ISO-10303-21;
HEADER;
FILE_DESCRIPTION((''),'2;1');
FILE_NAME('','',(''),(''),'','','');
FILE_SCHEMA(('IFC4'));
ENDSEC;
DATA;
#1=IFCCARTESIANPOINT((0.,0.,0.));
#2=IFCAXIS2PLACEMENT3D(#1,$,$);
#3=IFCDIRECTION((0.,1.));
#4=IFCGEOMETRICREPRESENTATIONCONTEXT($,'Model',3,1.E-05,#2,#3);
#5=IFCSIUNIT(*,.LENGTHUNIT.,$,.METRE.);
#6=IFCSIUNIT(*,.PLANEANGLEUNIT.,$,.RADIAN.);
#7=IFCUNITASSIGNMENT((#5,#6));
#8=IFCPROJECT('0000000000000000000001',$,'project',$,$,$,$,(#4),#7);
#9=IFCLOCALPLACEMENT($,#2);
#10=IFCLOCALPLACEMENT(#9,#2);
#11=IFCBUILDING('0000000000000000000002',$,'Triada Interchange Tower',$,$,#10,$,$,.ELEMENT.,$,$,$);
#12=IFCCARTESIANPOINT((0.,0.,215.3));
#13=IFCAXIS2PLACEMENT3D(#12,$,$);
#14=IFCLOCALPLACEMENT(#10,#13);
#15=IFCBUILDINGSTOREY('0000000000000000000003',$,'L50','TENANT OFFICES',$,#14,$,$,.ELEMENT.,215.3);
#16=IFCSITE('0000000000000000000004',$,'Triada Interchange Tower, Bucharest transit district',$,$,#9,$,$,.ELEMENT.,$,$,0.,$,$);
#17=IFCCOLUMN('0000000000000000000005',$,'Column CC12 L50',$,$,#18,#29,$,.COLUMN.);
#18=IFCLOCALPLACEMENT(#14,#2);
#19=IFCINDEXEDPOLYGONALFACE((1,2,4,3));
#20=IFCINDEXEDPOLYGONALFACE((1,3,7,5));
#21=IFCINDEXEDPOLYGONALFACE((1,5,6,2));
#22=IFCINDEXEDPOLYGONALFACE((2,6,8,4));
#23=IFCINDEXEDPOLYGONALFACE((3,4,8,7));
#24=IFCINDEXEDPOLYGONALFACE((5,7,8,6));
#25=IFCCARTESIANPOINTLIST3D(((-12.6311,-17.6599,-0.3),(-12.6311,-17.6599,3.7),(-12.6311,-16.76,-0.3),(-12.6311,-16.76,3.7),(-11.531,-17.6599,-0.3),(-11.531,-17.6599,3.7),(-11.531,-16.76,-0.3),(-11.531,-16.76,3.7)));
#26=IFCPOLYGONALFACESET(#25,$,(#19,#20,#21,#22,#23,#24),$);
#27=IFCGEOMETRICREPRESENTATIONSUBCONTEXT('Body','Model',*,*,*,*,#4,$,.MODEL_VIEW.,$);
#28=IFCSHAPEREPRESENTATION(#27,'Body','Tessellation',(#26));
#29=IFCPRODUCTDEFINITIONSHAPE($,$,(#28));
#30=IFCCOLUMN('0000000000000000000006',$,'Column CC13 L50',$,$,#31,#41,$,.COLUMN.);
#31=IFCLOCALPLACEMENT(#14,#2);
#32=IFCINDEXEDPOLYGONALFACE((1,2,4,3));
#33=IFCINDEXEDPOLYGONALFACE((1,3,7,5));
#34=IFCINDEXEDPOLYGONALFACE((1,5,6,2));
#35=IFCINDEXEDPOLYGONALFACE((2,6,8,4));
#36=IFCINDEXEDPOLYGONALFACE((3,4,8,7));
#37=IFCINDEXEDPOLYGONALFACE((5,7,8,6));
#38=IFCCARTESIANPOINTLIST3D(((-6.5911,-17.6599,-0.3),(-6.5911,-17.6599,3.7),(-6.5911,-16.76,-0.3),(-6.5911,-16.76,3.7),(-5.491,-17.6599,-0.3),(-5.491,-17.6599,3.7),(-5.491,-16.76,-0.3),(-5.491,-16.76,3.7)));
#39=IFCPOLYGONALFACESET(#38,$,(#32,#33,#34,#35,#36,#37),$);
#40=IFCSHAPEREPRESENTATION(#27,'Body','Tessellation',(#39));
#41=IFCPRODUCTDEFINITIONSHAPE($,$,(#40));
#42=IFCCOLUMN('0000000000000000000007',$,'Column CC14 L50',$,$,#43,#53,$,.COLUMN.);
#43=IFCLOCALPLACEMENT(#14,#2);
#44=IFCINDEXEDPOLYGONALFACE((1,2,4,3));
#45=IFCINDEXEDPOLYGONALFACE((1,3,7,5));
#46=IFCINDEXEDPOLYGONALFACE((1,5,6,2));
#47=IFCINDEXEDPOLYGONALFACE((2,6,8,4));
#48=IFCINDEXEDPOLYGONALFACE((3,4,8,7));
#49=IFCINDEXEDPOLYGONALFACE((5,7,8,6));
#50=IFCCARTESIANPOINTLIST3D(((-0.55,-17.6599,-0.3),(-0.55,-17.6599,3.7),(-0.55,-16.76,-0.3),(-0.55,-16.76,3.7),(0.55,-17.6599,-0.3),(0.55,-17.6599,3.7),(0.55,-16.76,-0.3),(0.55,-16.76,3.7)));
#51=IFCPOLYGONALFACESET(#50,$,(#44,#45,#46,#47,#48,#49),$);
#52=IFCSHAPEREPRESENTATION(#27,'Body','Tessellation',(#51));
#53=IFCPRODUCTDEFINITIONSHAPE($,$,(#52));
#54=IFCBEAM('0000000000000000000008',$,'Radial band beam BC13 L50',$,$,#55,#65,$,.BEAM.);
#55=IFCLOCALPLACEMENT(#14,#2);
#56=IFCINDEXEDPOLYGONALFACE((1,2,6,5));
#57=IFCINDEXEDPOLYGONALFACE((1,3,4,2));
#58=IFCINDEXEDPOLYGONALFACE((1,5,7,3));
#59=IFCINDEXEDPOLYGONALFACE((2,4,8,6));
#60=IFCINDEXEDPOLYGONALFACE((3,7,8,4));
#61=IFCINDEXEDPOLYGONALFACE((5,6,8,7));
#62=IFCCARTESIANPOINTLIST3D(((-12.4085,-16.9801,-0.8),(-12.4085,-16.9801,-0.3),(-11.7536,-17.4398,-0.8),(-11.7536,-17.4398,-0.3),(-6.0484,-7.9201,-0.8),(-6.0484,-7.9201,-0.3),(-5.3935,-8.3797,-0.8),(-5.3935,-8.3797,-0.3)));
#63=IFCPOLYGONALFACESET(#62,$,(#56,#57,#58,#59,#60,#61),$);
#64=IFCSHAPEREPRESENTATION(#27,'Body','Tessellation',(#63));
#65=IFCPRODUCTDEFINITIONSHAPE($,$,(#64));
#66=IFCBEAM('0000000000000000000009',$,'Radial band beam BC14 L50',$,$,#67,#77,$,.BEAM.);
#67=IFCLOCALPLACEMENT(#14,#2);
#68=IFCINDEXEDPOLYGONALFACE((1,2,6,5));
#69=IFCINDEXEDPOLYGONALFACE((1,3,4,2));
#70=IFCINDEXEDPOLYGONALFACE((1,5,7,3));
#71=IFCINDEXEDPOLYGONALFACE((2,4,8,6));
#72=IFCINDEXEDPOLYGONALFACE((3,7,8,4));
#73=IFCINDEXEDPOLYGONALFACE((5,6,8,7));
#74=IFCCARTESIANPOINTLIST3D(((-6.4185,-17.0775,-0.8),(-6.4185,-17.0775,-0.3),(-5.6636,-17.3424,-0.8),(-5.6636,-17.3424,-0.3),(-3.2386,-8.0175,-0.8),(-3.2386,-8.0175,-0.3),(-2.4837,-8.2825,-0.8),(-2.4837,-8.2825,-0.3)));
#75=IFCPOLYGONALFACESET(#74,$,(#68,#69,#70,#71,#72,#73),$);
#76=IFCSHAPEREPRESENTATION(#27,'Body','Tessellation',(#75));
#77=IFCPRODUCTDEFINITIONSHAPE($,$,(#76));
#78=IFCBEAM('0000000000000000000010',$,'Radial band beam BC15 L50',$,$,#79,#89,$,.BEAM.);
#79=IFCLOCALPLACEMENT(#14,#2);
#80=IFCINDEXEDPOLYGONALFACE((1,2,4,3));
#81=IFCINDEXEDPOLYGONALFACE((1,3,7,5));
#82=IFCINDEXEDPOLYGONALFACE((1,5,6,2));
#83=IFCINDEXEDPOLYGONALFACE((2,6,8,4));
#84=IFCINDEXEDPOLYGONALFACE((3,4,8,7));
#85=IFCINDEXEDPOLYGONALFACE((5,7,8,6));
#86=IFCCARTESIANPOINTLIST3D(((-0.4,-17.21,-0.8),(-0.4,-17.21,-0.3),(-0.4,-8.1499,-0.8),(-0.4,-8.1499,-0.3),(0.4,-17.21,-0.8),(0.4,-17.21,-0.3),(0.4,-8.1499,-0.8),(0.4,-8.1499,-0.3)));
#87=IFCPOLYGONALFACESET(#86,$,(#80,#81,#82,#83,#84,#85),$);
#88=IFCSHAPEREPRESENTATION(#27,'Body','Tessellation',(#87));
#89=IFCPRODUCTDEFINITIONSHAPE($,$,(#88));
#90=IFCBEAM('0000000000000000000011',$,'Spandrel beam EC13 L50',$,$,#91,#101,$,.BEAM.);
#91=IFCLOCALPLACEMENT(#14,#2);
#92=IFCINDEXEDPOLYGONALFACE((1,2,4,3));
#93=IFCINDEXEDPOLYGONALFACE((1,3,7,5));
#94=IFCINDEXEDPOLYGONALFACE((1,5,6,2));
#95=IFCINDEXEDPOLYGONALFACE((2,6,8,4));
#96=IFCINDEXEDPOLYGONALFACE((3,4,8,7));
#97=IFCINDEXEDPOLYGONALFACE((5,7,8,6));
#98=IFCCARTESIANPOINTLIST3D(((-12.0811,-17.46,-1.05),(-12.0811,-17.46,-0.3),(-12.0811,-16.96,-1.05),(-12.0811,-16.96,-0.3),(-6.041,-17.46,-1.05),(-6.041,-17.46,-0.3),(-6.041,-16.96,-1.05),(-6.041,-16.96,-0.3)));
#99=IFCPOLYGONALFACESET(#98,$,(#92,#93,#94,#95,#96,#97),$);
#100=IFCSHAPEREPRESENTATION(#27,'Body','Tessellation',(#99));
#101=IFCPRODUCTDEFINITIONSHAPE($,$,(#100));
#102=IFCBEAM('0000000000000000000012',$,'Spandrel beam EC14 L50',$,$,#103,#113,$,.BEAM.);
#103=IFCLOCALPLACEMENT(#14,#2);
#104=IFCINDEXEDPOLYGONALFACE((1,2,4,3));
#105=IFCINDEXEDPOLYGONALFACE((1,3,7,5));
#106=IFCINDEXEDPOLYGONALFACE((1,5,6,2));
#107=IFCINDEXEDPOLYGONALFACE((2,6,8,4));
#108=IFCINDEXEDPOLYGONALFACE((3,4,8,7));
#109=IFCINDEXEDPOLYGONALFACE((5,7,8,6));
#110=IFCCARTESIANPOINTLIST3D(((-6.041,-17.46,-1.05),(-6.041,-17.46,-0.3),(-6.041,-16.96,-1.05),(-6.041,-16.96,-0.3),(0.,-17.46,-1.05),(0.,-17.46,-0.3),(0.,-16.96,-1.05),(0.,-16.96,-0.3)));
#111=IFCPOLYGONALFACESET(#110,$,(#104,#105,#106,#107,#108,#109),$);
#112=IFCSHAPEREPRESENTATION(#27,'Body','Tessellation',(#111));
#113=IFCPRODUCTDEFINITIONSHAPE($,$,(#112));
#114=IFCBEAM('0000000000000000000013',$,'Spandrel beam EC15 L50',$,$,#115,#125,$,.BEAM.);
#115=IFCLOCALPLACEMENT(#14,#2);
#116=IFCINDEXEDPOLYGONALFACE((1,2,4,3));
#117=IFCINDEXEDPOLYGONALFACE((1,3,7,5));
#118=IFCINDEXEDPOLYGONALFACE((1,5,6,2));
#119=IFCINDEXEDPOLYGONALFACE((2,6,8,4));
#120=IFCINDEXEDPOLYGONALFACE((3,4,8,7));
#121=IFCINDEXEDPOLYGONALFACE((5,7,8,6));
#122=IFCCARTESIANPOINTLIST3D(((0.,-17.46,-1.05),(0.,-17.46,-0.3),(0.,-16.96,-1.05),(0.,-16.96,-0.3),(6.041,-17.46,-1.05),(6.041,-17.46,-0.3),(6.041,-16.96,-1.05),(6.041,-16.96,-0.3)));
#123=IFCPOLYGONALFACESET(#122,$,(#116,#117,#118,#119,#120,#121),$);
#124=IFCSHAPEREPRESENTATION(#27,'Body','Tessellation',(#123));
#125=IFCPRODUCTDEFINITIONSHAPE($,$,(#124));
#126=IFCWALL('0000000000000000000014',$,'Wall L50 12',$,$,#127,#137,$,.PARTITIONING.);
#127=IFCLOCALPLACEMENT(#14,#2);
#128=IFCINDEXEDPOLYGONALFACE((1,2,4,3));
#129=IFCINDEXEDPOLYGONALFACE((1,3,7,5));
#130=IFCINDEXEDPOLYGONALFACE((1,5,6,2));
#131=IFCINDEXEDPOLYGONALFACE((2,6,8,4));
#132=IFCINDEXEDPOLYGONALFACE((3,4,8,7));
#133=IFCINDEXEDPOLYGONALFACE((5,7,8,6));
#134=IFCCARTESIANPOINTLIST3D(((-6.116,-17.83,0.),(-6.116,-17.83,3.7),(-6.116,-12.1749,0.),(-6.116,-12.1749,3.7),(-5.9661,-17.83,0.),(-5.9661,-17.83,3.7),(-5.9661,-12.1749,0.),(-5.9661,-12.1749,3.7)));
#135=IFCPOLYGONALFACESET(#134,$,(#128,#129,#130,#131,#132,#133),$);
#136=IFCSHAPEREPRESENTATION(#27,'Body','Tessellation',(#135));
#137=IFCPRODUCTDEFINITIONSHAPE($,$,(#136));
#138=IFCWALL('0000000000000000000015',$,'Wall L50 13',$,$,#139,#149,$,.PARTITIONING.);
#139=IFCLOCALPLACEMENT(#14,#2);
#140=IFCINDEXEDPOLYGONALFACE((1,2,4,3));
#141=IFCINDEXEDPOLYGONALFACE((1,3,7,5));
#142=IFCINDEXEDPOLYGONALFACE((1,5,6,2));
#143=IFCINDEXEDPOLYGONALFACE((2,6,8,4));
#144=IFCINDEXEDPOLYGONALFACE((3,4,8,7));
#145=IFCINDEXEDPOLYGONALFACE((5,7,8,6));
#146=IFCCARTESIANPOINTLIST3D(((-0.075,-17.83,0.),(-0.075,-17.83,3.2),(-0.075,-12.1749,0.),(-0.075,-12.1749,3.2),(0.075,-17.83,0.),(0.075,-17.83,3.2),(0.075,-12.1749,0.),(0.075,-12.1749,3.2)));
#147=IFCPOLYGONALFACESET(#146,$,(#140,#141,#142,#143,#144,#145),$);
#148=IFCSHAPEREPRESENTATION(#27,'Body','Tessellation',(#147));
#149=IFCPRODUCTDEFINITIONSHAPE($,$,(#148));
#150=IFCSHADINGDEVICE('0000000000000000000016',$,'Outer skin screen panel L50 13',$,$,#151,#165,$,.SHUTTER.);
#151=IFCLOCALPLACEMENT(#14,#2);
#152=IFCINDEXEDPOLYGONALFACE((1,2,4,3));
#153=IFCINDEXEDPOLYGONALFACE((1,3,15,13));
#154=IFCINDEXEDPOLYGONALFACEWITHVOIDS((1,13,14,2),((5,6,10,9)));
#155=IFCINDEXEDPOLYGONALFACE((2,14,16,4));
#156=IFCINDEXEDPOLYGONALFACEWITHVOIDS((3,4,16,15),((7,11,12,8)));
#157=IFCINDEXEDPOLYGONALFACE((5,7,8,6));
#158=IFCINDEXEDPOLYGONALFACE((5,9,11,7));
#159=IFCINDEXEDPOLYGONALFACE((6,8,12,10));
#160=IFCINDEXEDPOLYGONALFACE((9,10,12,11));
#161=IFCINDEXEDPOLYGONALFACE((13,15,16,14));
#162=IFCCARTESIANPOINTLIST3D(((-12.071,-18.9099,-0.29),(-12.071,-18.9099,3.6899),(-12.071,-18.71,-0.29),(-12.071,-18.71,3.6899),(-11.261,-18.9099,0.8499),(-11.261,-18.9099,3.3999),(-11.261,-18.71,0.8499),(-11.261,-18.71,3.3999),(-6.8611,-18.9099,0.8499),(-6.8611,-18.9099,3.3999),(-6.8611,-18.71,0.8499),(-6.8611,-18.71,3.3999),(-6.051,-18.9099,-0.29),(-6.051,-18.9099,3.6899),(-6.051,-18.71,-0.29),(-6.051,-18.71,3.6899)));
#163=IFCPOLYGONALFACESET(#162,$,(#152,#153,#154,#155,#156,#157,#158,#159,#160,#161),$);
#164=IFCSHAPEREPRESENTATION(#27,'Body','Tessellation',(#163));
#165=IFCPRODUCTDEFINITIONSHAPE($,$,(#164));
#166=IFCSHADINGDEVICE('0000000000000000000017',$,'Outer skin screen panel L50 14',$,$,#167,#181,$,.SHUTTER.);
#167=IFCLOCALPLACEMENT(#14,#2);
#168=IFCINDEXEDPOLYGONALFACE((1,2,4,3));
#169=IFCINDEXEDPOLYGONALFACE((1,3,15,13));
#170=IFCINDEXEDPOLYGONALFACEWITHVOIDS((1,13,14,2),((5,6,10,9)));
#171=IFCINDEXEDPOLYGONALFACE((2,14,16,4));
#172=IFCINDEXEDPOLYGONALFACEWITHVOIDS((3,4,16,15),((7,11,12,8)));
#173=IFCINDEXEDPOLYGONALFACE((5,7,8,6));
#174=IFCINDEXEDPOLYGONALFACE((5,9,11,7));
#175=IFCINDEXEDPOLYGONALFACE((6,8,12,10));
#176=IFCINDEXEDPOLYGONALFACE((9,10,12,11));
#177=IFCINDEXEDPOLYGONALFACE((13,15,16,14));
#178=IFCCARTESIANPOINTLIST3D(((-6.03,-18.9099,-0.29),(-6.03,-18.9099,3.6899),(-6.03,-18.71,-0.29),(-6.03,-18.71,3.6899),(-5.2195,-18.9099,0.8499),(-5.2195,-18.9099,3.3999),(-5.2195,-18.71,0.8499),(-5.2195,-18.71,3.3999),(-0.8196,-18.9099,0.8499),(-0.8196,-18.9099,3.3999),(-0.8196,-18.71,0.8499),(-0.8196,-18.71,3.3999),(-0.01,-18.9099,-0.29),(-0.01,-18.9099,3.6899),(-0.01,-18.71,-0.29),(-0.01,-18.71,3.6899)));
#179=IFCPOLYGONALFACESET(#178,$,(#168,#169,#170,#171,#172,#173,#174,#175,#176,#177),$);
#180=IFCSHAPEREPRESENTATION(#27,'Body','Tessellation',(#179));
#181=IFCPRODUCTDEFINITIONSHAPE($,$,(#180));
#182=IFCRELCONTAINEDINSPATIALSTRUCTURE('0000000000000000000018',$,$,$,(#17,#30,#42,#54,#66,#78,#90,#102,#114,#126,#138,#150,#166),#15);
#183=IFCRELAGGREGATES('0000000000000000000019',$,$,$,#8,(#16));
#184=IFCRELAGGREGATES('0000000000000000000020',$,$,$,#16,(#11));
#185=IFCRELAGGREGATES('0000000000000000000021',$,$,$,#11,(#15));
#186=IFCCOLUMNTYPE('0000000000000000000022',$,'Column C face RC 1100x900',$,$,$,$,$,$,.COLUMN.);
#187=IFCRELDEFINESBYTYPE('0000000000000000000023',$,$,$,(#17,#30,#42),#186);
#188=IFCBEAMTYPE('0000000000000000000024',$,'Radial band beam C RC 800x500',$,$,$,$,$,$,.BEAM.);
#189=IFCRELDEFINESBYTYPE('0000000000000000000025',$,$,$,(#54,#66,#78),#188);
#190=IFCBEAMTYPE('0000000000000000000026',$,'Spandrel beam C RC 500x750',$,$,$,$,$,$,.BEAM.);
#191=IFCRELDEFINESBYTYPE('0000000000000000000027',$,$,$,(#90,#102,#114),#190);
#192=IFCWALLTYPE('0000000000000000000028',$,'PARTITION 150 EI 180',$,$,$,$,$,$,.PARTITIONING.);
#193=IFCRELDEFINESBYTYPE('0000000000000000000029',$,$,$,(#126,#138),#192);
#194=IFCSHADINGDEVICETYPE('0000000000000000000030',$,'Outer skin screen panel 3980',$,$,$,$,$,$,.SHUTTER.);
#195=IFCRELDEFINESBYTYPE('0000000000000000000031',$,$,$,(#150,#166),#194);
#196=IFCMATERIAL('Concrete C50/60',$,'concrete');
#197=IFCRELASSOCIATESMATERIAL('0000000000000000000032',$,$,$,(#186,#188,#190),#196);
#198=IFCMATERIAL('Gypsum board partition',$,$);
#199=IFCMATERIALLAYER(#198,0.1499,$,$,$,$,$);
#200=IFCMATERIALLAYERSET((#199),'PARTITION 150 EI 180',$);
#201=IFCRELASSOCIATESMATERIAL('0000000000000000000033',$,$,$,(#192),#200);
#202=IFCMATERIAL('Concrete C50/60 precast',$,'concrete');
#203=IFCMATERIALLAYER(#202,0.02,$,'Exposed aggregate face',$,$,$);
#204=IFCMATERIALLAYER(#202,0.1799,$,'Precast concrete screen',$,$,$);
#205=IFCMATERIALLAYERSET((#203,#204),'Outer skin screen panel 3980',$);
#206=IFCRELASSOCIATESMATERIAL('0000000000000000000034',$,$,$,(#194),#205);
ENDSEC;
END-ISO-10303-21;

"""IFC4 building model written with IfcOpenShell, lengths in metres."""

from ifc_helpers import new_model, si_unit, direction, frame, frame_2d, origin, origin_2d, place, context, subcontext, project, spatial, polyline, rectangle, outline, extrude, material, layer, layer_set, material_profile, profile_set, type_object, element, save


model = new_model("IFC4")

# Units and contexts
model_context = context("Model", 3, precision=1e-05, world=origin(), true_north=direction((0.0, 1.0)))
body_context = subcontext(model_context, "Body", "Model", "MODEL_VIEW")
ifc_project = project(units=[si_unit("LENGTHUNIT", "METRE"), si_unit("PLANEANGLEUNIT", "RADIAN")], contexts=[model_context])

# Site, building, storey
site_placement = place(None, origin())
site = spatial("IfcSite", under=ifc_project, at=site_placement, Name="Triada Interchange Tower, Bucharest transit district", CompositionType="ELEMENT", RefElevation=0.0)
building_placement = place(site_placement, origin())
building = spatial("IfcBuilding", under=site, at=building_placement, Name="Triada Interchange Tower", CompositionType="ELEMENT")
storey_placement = place(building_placement, frame((0.0, 0.0, 215.3)))
storey = spatial("IfcBuildingStorey", under=building, at=storey_placement, Name="L50", Description="TENANT OFFICES", CompositionType="ELEMENT", Elevation=215.3)

# Columns
ifc_material_1 = material(Name="Concrete C50/60", Category="concrete")
ifc_material_profile_1 = material_profile(ifc_material_1, rectangle(XDim=1.1001, YDim=0.8999, at=origin_2d()), Name="RC 1100x900")
ifc_profile_set_1 = profile_set([ifc_material_profile_1], Name="Concrete C50/60")
column_type = type_object("IfcColumnType", Name="Column C face RC 1100x900", PredefinedType="COLUMN", material=ifc_profile_set_1)
for number, where, z_axis, x_axis, name in (
    (1, (-12.0811, -17.21, -0.3), (0.0, 0.0, 1.0), (1.0, 0.0, 0.0), "Column CC12 L50"),
    (2, (-6.041, -17.21, -0.3), (0.0, 0.0, 1.0), (1.0, 0.0, 0.0), "Column CC13 L50"),
    (3, (0.0, -17.21, -0.3), (0.0, 0.0, 1.0), (1.0, 0.0, 0.0), "Column CC14 L50"),
):
    element("IfcColumn", number, at=place(storey_placement, frame(where, z_axis=z_axis, x_axis=x_axis)), inside=storey, type_object=column_type, Name=name, PredefinedType="COLUMN", context=body_context, shape_type="SweptSolid", body=[
        extrude(rectangle(XDim=1.1001, YDim=0.8999, at=origin_2d()), origin(), (0.0, 0.0, 1.0), 4.0),
    ])

# Beams
ifc_material_profile_2 = material_profile(ifc_material_1, rectangle(XDim=0.8, YDim=0.5, at=origin_2d()), Name="RC 800x500")
ifc_profile_set_2 = profile_set([ifc_material_profile_2], Name="Concrete C50/60")
beam_type_1 = type_object("IfcBeamType", Name="Radial band beam C RC 800x500", PredefinedType="BEAM", material=ifc_profile_set_2)
beam_1_placement = place(storey_placement, frame((-12.0811, -17.21, -0.55), z_axis=(0.574557, 0.818464, 0.0), x_axis=(-0.818464, 0.574557, 0.0)))
element("IfcBeam", 4, at=beam_1_placement, inside=storey, type_object=beam_type_1, Name="Radial band beam BC13 L50", PredefinedType="BEAM", context=body_context, shape_type="SweptSolid", body=[
    extrude(rectangle(XDim=0.8, YDim=0.5, at=origin_2d()), origin(), (0.0, 0.0, 1.0), 11.0696),
])
beam_2_placement = place(storey_placement, frame((-6.041, -17.21, -0.55), z_axis=(0.331177, 0.943569, 0.0), x_axis=(-0.943569, 0.331177, 0.0)))
element("IfcBeam", 5, at=beam_2_placement, inside=storey, type_object=beam_type_1, Name="Radial band beam BC14 L50", PredefinedType="BEAM", context=body_context, shape_type="SweptSolid", body=[
    extrude(rectangle(XDim=0.8, YDim=0.5, at=origin_2d()), origin(), (0.0, 0.0, 1.0), 9.6018),
])
beam_3_placement = place(storey_placement, frame((0.0, -17.21, -0.55), z_axis=(0.0, 1.0, 0.0), x_axis=(-1.0, 0.0, 0.0)))
element("IfcBeam", 6, at=beam_3_placement, inside=storey, type_object=beam_type_1, Name="Radial band beam BC15 L50", PredefinedType="BEAM", context=body_context, shape_type="SweptSolid", body=[
    extrude(rectangle(XDim=0.8, YDim=0.5, at=origin_2d()), origin(), (0.0, 0.0, 1.0), 9.0601),
])
ifc_material_profile_3 = material_profile(ifc_material_1, rectangle(XDim=0.5, YDim=0.75, at=origin_2d()), Name="RC 500x750")
ifc_profile_set_3 = profile_set([ifc_material_profile_3], Name="Concrete C50/60")
beam_type_2 = type_object("IfcBeamType", Name="Spandrel beam C RC 500x750", PredefinedType="BEAM", material=ifc_profile_set_3)
beam_4_placement = place(storey_placement, frame((-12.0811, -17.21, -0.675), z_axis=(1.0, 0.0, 0.0), x_axis=(0.0, 1.0, 0.0)))
element("IfcBeam", 7, at=beam_4_placement, inside=storey, type_object=beam_type_2, Name="Spandrel beam EC13 L50", PredefinedType="BEAM", context=body_context, shape_type="SweptSolid", body=[
    extrude(rectangle(XDim=0.5, YDim=0.75, at=origin_2d()), origin(), (0.0, 0.0, 1.0), 6.04),
])
for number, where, z_axis, x_axis, name in (
    (8, (-6.041, -17.21, -0.675), (1.0, 0.0, 0.0), (0.0, 1.0, 0.0), "Spandrel beam EC14 L50"),
    (9, (0.0, -17.21, -0.675), (1.0, 0.0, 0.0), (0.0, 1.0, 0.0), "Spandrel beam EC15 L50"),
):
    element("IfcBeam", number, at=place(storey_placement, frame(where, z_axis=z_axis, x_axis=x_axis)), inside=storey, type_object=beam_type_2, Name=name, PredefinedType="BEAM", context=body_context, shape_type="SweptSolid", body=[
        extrude(rectangle(XDim=0.5, YDim=0.75, at=origin_2d()), origin(), (0.0, 0.0, 1.0), 6.041),
    ])

# Walls
ifc_material_2 = material(Name="Gypsum board partition")
ifc_layer_1 = layer(ifc_material_2, 0.1499)
ifc_layer_set_1 = layer_set([ifc_layer_1], Name="PARTITION 150 EI 180")
wall_type_1 = type_object("IfcWallType", Name="PARTITION 150 EI 180", PredefinedType="PARTITIONING", material=ifc_layer_set_1)
wall_1_placement = place(storey_placement, frame((-6.041, -17.8301, 0.0), z_axis=(0.0, 0.0, 1.0), x_axis=(0.0, 1.0, 0.0)))
element("IfcWall", 10, at=wall_1_placement, inside=storey, type_object=wall_type_1, Name="Wall L50 12", PredefinedType="PARTITIONING", context=body_context, shape_type="SweptSolid", body=[
    extrude(rectangle(XDim=5.655, YDim=0.1499, at=frame_2d((2.8276, 0.0))), origin(), (0.0, 0.0, 1.0), 3.7),
])
wall_2_placement = place(storey_placement, frame((0.0, -17.8301, 0.0), z_axis=(0.0, 0.0, 1.0), x_axis=(0.0, 1.0, 0.0)))
element("IfcWall", 11, at=wall_2_placement, inside=storey, type_object=wall_type_1, Name="Wall L50 13", PredefinedType="PARTITIONING", context=body_context, shape_type="SweptSolid", body=[
    extrude(rectangle(XDim=5.655, YDim=0.1499, at=frame_2d((2.8276, 0.0))), origin(), (0.0, 0.0, 1.0), 3.2),
])

# Shading devices
ifc_material_3 = material(Name="Concrete C50/60 precast", Category="concrete")
ifc_layer_2 = layer(ifc_material_3, 0.02, Name="Exposed aggregate face")
ifc_layer_3 = layer(ifc_material_3, 0.1799, Name="Precast concrete screen")
ifc_layer_set_2 = layer_set([ifc_layer_2, ifc_layer_3], Name="Outer skin screen panel 3980")
shading_device_type = type_object("IfcShadingDeviceType", Name="Outer skin screen panel 3980", PredefinedType="SHUTTER", material=ifc_layer_set_2)
shading_device_1_placement = place(storey_placement, frame((-12.071, -18.71, -0.29), z_axis=(0.0, 0.0, 1.0), x_axis=(1.0, 0.0, 0.0)))
element("IfcShadingDevice", 12, at=shading_device_1_placement, inside=storey, type_object=shading_device_type, Name="Outer skin screen panel L50 13", PredefinedType="SHUTTER", context=body_context, shape_type="SweptSolid", body=[
    extrude(outline(polyline([(0.0, 0.0), (6.02, 0.0), (6.02, 3.98), (0.0, 3.98), (0.0, 0.0)]), holes=[polyline([(0.8101, 1.1399), (0.8101, 3.6899), (5.21, 3.6899), (5.21, 1.1399), (0.8101, 1.1399)])]), frame((0.0, 0.0, 0.0), z_axis=(0.0, -1.0, 0.0), x_axis=(1.0, 0.0, 0.0)), (0.0, 0.0, 1.0), 0.2),
])
shading_device_2_placement = place(storey_placement, frame((-6.03, -18.71, -0.29), z_axis=(0.0, 0.0, 1.0), x_axis=(1.0, 0.0, 0.0)))
element("IfcShadingDevice", 13, at=shading_device_2_placement, inside=storey, type_object=shading_device_type, Name="Outer skin screen panel L50 14", PredefinedType="SHUTTER", context=body_context, shape_type="SweptSolid", body=[
    extrude(outline(polyline([(0.0, 0.0), (6.02, 0.0), (6.02, 3.98), (0.0, 3.98), (0.0, 0.0)]), holes=[polyline([(0.8105, 1.1399), (0.8105, 3.6899), (5.2104, 3.6899), (5.2104, 1.1399), (0.8105, 1.1399)])]), frame((0.0, 0.0, 0.0), z_axis=(0.0, -1.0, 0.0), x_axis=(1.0, 0.0, 0.0)), (0.0, 0.0, 1.0), 0.2),
])

save(model, "model.ifc")
